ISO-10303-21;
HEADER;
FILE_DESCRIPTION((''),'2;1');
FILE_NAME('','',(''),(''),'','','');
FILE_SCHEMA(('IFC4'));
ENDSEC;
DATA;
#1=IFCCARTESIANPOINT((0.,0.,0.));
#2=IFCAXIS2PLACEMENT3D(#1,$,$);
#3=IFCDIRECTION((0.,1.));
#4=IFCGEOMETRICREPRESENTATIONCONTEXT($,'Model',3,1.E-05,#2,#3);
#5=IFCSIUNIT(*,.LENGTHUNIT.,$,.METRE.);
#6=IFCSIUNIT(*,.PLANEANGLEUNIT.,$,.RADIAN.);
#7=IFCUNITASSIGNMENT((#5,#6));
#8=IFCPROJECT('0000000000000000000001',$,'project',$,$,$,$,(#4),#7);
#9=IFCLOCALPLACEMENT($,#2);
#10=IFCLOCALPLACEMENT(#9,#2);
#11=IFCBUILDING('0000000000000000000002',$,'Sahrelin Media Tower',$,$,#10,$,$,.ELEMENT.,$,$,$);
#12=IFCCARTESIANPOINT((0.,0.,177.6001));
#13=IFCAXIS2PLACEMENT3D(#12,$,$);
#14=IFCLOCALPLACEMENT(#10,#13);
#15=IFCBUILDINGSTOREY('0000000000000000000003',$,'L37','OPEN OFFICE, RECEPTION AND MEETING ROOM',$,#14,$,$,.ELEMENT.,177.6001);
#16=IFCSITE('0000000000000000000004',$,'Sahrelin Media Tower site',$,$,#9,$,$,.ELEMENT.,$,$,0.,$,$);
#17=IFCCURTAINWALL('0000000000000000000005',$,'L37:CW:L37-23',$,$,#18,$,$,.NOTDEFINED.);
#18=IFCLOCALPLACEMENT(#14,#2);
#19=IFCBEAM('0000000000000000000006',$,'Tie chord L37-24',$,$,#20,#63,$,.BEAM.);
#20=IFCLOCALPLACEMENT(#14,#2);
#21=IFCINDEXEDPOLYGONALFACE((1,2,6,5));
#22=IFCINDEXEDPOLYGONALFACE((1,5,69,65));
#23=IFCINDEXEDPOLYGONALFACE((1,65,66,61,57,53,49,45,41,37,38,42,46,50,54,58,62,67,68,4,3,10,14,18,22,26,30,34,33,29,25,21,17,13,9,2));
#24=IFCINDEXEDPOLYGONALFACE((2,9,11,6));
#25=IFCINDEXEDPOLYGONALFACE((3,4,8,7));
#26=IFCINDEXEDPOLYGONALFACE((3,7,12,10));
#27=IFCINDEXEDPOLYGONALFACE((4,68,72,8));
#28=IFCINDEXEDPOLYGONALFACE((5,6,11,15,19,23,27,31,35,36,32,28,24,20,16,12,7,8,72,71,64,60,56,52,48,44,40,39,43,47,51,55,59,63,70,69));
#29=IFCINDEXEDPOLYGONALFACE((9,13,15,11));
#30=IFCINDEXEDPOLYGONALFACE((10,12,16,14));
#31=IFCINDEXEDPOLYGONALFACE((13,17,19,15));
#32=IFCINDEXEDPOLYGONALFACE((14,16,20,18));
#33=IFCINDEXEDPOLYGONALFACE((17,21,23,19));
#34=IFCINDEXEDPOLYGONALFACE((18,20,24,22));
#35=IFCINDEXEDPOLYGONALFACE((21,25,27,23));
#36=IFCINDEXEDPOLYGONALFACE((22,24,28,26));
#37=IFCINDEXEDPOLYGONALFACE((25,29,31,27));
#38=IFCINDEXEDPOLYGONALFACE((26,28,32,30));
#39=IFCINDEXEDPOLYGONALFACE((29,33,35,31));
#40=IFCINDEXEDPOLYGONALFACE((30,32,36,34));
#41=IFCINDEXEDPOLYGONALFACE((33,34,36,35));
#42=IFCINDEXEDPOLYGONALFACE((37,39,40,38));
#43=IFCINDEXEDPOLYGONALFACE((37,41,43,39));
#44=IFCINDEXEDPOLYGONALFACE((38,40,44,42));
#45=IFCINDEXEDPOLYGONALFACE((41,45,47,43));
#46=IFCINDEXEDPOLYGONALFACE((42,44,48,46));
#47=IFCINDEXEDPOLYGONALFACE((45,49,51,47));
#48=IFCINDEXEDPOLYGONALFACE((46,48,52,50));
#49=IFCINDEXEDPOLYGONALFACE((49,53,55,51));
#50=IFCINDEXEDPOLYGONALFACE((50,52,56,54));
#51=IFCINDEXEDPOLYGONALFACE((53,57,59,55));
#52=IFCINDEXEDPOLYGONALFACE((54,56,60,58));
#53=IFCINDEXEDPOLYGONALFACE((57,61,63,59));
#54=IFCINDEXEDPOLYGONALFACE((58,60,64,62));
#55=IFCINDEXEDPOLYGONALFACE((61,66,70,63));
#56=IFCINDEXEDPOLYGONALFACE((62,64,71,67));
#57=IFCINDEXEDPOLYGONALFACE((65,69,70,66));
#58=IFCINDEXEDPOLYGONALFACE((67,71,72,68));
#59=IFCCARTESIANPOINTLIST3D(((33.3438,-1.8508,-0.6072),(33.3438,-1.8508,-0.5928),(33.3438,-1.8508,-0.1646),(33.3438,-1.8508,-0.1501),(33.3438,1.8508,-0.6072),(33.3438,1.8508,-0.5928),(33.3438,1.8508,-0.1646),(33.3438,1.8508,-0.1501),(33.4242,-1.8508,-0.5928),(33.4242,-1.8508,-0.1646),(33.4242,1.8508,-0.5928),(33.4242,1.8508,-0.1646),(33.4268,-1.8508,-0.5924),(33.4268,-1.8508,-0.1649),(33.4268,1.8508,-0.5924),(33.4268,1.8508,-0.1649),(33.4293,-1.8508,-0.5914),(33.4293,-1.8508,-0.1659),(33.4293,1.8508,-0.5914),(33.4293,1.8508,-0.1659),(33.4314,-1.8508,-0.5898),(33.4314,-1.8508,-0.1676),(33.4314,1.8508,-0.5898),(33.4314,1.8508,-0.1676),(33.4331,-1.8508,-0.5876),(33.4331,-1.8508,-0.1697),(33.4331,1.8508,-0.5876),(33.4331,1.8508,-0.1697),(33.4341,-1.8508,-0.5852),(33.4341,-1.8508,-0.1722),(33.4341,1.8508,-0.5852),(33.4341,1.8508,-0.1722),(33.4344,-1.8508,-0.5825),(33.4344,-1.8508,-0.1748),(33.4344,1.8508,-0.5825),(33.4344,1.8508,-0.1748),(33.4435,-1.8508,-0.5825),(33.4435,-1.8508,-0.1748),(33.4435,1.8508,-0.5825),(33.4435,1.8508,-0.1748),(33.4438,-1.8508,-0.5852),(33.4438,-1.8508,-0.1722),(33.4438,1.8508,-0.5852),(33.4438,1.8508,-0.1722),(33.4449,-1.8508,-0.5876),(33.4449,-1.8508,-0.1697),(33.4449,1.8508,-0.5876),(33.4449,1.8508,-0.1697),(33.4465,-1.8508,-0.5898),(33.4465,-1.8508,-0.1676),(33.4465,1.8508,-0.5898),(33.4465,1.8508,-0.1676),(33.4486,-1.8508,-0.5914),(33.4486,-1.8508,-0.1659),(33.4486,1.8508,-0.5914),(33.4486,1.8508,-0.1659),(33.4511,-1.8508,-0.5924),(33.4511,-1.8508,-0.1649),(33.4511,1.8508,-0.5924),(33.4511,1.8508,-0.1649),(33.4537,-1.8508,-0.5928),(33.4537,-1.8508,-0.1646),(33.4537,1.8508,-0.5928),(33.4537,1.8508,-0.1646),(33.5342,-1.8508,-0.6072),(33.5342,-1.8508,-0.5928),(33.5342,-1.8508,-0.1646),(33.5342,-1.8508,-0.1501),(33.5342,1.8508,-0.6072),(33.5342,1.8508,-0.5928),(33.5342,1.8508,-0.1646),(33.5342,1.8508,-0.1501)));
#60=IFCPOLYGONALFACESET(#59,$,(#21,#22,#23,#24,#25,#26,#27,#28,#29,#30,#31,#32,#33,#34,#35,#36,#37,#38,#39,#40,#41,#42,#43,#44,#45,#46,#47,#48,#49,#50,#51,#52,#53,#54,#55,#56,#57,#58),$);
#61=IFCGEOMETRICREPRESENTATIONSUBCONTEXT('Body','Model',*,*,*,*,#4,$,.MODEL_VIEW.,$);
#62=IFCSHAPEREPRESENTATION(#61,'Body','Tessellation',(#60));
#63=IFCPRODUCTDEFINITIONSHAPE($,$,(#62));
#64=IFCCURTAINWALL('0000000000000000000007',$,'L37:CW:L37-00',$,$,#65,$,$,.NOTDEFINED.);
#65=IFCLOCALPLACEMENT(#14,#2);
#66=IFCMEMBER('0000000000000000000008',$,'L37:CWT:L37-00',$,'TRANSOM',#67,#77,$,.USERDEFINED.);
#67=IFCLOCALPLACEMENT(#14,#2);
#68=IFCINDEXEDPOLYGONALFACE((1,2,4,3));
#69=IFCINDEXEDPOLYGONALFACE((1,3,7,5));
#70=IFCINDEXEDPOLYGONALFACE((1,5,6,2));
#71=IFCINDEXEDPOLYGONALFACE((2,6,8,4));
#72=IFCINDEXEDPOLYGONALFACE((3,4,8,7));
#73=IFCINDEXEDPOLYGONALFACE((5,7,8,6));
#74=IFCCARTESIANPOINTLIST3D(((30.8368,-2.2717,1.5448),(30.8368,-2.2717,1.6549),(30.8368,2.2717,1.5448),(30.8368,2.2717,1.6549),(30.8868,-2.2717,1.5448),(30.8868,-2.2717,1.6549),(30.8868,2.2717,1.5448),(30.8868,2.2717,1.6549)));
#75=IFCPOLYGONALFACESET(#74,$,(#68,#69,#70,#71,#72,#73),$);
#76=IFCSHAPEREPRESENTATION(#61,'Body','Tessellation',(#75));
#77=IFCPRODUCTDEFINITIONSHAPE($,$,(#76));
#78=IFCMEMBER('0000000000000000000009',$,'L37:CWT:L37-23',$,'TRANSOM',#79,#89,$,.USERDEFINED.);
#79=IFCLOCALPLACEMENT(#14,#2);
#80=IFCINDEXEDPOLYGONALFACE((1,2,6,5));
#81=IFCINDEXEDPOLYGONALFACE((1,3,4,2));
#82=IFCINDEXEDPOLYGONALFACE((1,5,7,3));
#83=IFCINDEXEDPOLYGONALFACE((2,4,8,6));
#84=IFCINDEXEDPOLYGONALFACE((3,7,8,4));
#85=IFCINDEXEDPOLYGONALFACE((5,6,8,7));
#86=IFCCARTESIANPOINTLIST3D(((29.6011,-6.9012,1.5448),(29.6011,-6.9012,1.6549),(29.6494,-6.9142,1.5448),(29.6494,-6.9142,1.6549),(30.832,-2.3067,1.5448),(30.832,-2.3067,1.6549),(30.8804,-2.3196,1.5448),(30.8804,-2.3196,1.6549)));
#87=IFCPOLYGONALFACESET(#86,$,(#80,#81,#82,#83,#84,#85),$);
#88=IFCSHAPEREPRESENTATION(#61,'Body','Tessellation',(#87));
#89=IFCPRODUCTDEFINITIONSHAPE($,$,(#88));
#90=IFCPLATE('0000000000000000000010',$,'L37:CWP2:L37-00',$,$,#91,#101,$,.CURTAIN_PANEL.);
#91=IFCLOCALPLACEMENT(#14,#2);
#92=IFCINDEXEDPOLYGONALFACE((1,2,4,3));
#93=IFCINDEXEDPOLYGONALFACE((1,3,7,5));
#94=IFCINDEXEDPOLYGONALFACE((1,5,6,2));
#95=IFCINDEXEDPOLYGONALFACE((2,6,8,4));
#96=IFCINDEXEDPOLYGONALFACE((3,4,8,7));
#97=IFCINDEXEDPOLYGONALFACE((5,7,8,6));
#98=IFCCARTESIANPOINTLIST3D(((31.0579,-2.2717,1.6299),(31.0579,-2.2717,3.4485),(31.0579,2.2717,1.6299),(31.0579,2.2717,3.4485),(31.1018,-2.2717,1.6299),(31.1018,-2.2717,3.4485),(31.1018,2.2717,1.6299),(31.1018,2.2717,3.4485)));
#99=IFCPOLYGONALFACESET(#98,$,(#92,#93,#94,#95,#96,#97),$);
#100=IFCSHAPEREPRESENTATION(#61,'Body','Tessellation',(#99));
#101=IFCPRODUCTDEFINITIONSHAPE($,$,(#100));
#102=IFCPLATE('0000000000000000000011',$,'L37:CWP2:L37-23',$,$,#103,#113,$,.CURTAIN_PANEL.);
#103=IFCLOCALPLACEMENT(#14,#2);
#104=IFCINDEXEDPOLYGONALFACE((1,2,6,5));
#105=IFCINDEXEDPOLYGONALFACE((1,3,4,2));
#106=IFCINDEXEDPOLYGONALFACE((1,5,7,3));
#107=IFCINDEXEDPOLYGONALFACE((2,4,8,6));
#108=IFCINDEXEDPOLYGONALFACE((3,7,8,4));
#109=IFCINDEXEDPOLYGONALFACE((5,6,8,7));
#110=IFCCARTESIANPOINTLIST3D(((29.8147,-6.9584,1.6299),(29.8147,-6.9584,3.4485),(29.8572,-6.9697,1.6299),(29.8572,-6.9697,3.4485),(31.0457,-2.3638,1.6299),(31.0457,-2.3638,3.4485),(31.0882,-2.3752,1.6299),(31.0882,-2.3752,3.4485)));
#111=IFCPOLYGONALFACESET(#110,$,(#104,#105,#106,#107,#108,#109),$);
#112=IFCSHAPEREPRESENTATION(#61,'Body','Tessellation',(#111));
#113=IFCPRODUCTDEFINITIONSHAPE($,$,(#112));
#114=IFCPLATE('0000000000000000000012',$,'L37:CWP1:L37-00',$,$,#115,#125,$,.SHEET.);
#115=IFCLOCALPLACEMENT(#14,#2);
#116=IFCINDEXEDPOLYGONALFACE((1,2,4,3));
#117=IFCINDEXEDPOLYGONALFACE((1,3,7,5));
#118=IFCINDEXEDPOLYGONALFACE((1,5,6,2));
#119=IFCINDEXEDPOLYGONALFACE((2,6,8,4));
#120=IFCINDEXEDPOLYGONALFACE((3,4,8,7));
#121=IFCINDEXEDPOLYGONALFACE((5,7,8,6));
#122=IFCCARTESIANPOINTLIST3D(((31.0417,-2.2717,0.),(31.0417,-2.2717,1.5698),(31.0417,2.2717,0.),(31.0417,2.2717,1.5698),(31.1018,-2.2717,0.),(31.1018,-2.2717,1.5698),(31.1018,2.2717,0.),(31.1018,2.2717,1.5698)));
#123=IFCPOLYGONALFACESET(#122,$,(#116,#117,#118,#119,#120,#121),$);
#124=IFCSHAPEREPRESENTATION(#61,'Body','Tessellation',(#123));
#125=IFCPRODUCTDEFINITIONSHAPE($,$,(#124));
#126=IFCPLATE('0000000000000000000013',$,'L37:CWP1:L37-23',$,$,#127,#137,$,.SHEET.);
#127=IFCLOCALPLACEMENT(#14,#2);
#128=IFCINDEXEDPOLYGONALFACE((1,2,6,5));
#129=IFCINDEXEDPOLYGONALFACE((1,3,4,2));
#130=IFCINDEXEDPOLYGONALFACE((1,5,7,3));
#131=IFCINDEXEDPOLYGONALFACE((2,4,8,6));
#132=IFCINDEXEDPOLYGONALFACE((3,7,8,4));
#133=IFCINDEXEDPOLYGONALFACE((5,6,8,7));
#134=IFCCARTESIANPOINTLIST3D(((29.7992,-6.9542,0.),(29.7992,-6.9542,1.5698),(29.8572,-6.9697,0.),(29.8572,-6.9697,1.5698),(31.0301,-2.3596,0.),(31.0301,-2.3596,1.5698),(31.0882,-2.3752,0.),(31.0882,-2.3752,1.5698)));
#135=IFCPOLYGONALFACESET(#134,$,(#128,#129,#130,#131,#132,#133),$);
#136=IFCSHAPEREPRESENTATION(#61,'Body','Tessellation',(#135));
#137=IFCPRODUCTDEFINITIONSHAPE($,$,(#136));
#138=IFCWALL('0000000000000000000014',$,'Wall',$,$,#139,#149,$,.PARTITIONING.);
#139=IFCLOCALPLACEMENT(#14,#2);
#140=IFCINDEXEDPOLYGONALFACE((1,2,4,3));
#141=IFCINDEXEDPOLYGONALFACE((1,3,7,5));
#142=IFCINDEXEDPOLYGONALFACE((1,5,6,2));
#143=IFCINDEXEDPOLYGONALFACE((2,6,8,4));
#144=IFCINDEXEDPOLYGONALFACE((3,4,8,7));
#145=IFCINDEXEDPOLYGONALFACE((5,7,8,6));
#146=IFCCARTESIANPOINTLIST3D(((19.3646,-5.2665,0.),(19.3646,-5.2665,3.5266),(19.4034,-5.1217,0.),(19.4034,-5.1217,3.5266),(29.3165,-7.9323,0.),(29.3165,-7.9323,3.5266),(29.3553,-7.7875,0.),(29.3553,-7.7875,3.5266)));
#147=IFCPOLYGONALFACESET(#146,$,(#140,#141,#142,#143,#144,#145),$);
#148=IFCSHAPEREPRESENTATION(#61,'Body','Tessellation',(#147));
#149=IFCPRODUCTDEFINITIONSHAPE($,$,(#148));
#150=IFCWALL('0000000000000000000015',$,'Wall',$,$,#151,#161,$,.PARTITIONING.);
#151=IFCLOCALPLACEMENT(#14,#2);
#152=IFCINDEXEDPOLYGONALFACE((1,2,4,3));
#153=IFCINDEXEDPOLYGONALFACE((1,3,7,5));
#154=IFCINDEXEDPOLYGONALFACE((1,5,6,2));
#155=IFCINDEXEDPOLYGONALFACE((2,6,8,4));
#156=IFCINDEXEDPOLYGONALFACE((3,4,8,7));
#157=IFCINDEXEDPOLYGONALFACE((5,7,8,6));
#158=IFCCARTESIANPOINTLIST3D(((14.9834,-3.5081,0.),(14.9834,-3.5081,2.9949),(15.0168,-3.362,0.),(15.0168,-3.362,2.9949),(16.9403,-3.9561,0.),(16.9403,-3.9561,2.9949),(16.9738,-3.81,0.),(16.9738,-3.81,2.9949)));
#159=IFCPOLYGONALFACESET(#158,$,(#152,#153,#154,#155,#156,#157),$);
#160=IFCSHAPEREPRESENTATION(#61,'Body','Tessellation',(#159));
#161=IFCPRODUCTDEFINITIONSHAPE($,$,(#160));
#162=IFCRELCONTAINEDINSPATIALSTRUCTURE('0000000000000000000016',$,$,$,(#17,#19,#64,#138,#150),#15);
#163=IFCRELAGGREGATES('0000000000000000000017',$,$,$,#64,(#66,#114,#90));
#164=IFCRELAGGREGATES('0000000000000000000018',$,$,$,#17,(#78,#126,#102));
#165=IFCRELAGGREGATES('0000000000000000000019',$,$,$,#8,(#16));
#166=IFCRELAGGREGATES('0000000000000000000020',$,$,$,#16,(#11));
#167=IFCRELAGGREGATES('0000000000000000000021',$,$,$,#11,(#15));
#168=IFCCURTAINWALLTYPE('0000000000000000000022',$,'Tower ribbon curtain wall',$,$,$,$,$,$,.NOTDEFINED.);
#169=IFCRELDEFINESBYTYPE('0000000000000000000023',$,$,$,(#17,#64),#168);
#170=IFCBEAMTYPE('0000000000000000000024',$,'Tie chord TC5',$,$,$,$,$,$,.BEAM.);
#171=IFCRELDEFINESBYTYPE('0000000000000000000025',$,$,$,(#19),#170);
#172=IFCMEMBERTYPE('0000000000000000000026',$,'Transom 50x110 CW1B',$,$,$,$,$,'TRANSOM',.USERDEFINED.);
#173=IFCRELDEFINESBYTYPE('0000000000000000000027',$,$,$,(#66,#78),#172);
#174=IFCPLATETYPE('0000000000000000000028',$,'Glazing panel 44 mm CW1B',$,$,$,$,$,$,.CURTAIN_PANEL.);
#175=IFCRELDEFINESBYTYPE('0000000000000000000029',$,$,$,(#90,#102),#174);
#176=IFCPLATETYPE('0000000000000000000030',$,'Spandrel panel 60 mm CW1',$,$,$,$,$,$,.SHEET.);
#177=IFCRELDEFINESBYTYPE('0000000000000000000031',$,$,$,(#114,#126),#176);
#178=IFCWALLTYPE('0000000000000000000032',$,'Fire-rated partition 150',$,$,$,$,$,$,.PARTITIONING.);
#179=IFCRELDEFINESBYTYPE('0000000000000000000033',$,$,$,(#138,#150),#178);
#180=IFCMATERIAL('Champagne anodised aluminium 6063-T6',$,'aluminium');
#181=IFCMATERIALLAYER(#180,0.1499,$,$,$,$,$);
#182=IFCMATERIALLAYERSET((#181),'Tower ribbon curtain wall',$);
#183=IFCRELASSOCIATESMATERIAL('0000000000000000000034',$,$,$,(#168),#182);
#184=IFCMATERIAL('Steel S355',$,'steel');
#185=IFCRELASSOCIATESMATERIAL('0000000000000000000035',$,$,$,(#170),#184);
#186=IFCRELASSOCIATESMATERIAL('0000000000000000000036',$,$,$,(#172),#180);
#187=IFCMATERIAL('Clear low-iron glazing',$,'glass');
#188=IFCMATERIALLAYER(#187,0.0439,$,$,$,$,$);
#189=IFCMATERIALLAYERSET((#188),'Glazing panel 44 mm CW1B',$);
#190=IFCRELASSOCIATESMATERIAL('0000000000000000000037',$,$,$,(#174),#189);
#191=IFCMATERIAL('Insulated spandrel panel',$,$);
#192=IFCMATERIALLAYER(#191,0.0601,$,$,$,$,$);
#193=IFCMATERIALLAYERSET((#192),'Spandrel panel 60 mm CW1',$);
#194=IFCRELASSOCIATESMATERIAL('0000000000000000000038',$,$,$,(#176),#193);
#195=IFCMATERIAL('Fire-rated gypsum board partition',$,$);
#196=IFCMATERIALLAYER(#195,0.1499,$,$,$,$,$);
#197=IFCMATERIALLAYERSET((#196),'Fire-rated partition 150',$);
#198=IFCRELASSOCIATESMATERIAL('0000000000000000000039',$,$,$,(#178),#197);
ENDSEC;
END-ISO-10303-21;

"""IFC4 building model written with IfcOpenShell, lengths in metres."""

from ifc_helpers import new_model, si_unit, direction, frame, frame_2d, origin, origin_2d, place, context, subcontext, project, spatial, polyline, rectangle, i_section, outline, extrude, material, layer, layer_set, material_profile, profile_set, type_object, element, aggregate, save


model = new_model("IFC4")

# Units and contexts
model_context = context("Model", 3, precision=1e-05, world=origin(), true_north=direction((0.0, 1.0)))
body_context = subcontext(model_context, "Body", "Model", "MODEL_VIEW")
ifc_project = project(units=[si_unit("LENGTHUNIT", "METRE"), si_unit("PLANEANGLEUNIT", "RADIAN")], contexts=[model_context])

# Site, building, storey
site_placement = place(None, origin())
site = spatial("IfcSite", under=ifc_project, at=site_placement, Name="Sahrelin Media Tower site", CompositionType="ELEMENT", RefElevation=0.0)
building_placement = place(site_placement, origin())
building = spatial("IfcBuilding", under=site, at=building_placement, Name="Sahrelin Media Tower", CompositionType="ELEMENT")
storey_placement = place(building_placement, frame((0.0, 0.0, 177.6001)))
storey = spatial("IfcBuildingStorey", under=building, at=storey_placement, Name="L37", Description="OPEN OFFICE, RECEPTION AND MEETING ROOM", CompositionType="ELEMENT", Elevation=177.6001)

# Shared definitions
ifc_material_1 = material(Name="Steel S355", Category="steel")

# Curtain wall
ifc_material_2 = material(Name="Champagne anodised aluminium 6063-T6", Category="aluminium")
ifc_layer_1 = layer(ifc_material_2, 0.1499)
ifc_layer_set_1 = layer_set([ifc_layer_1], Name="Tower ribbon curtain wall")
curtain_wall_type = type_object("IfcCurtainWallType", Name="Tower ribbon curtain wall", PredefinedType="NOTDEFINED", material=ifc_layer_set_1)
curtain_wall_1_placement = place(storey_placement, frame((30.4534, -4.6672, 0.0), z_axis=(0.0, 0.0, 1.0), x_axis=(1.0, 0.0, 0.0)))
curtain_wall_1 = element("IfcCurtainWall", 1, at=curtain_wall_1_placement, inside=storey, type_object=curtain_wall_type, Name="L37:CW:L37-23", PredefinedType="NOTDEFINED")

# Beam
ifc_material_profile_1 = material_profile(ifc_material_1, i_section(OverallWidth=0.1904, OverallDepth=0.457, WebThickness=0.009, FlangeThickness=0.0144, FilletRadius=0.0103, at=origin_2d()), Name="UB 457x191x74")
ifc_profile_set_1 = profile_set([ifc_material_profile_1], Name="Steel S355")
beam_type_1 = type_object("IfcBeamType", Name="Tie chord TC5", PredefinedType="BEAM", material=ifc_profile_set_1)
beam_1_placement = place(storey_placement, frame((33.439, -1.8508, -0.3787), z_axis=(0.0, 1.0, 0.0), x_axis=(-1.0, 0.0, 0.0)))
element("IfcBeam", 2, at=beam_1_placement, inside=storey, type_object=beam_type_1, Name="Tie chord L37-24", PredefinedType="BEAM", context=body_context, shape_type="SweptSolid", body=[
    extrude(i_section(OverallWidth=0.1904, OverallDepth=0.457, WebThickness=0.009, FlangeThickness=0.0144, FilletRadius=0.0103, at=origin_2d()), origin(), (0.0, 0.0, 1.0), 3.7017),
])

# Curtain wall, member
curtain_wall_2_placement = place(storey_placement, frame((31.0818, 0.0, 0.0), z_axis=(0.0, 0.0, 1.0), x_axis=(1.0, 0.0, 0.0)))
curtain_wall_2 = element("IfcCurtainWall", 3, at=curtain_wall_2_placement, inside=storey, type_object=curtain_wall_type, Name="L37:CW:L37-00", PredefinedType="NOTDEFINED")
ifc_material_profile_2 = material_profile(ifc_material_2, rectangle(XDim=0.05, YDim=0.1101, at=origin_2d()), Name="Transom 50x110")
ifc_profile_set_2 = profile_set([ifc_material_profile_2], Name="Champagne anodised aluminium 6063-T6")
member_type_1 = type_object("IfcMemberType", Name="Transom 50x110 CW1B", ElementType="TRANSOM", PredefinedType="USERDEFINED", material=ifc_profile_set_2)
member_1_placement = place(storey_placement, frame((30.8618, -2.2717, 1.5999), z_axis=(0.0, 1.0, 0.0), x_axis=(-1.0, 0.0, 0.0)))
member_1 = element("IfcMember", 4, at=member_1_placement, type_object=member_type_1, Name="L37:CWT:L37-00", ObjectType="TRANSOM", PredefinedType="USERDEFINED", context=body_context, shape_type="SweptSolid", body=[
    extrude(rectangle(XDim=0.05, YDim=0.1101, at=origin_2d()), origin(), (0.0, 0.0, 1.0), 4.5435),
])

# Member
member_2_placement = place(storey_placement, frame((29.6252, -6.9077, 1.5999), z_axis=(0.258793, 0.965933, 0.0), x_axis=(-0.965933, 0.258793, 0.0)))
member_2 = element("IfcMember", 5, at=member_2_placement, type_object=member_type_1, Name="L37:CWT:L37-23", ObjectType="TRANSOM", PredefinedType="USERDEFINED", context=body_context, shape_type="SweptSolid", body=[
    extrude(rectangle(XDim=0.05, YDim=0.1101, at=origin_2d()), origin(), (0.0, 0.0, 1.0), 4.7566),
])

# Plates
ifc_material_3 = material(Name="Clear low-iron glazing", Category="glass")
ifc_layer_2 = layer(ifc_material_3, 0.0439)
ifc_layer_set_2 = layer_set([ifc_layer_2], Name="Glazing panel 44 mm CW1B")
plate_type_1 = type_object("IfcPlateType", Name="Glazing panel 44 mm CW1B", PredefinedType="CURTAIN_PANEL", material=ifc_layer_set_2)
plate_1_placement = place(storey_placement, frame((31.1018, -2.2717, 1.6299), z_axis=(1.0, 0.0, 0.0), x_axis=(0.0, 1.0, 0.0)))
plate_1 = element("IfcPlate", 6, at=plate_1_placement, type_object=plate_type_1, Name="L37:CWP2:L37-00", PredefinedType="CURTAIN_PANEL", context=body_context, shape_type="SweptSolid", body=[
    extrude(outline(polyline([(0.0, 0.0), (4.5435, 0.0), (4.5435, 1.8186), (0.0, 1.8186), (0.0, 0.0)])), origin(), (0.0, 0.0, -1.0), 0.0439),
])
plate_2_placement = place(storey_placement, frame((29.8572, -6.9697, 1.6299), z_axis=(0.965933, -0.258793, 0.0), x_axis=(0.258793, 0.965933, 0.0)))
plate_2 = element("IfcPlate", 7, at=plate_2_placement, type_object=plate_type_1, Name="L37:CWP2:L37-23", PredefinedType="CURTAIN_PANEL", context=body_context, shape_type="SweptSolid", body=[
    extrude(outline(polyline([(0.0, 0.0), (4.7566, 0.0), (4.7566, 1.8186), (0.0, 1.8186), (0.0, 0.0)])), origin(), (0.0, 0.0, -1.0), 0.0439),
])
ifc_material_4 = material(Name="Insulated spandrel panel")
ifc_layer_3 = layer(ifc_material_4, 0.0601)
ifc_layer_set_3 = layer_set([ifc_layer_3], Name="Spandrel panel 60 mm CW1")
plate_type_2 = type_object("IfcPlateType", Name="Spandrel panel 60 mm CW1", PredefinedType="SHEET", material=ifc_layer_set_3)
plate_3_placement = place(storey_placement, frame((31.1018, -2.2717, 0.0), z_axis=(1.0, 0.0, 0.0), x_axis=(0.0, 1.0, 0.0)))
plate_3 = element("IfcPlate", 8, at=plate_3_placement, type_object=plate_type_2, Name="L37:CWP1:L37-00", PredefinedType="SHEET", context=body_context, shape_type="SweptSolid", body=[
    extrude(outline(polyline([(0.0, 0.0), (4.5435, 0.0), (4.5435, 1.5698), (0.0, 1.5698), (0.0, 0.0)])), origin(), (0.0, 0.0, -1.0), 0.0601),
])
aggregate(curtain_wall_2, [member_1, plate_3, plate_1])
plate_4_placement = place(storey_placement, frame((29.8572, -6.9697, 0.0), z_axis=(0.965933, -0.258793, 0.0), x_axis=(0.258793, 0.965933, 0.0)))
plate_4 = element("IfcPlate", 9, at=plate_4_placement, type_object=plate_type_2, Name="L37:CWP1:L37-23", PredefinedType="SHEET", context=body_context, shape_type="SweptSolid", body=[
    extrude(outline(polyline([(0.0, 0.0), (4.7566, 0.0), (4.7566, 1.5698), (0.0, 1.5698), (0.0, 0.0)])), origin(), (0.0, 0.0, -1.0), 0.0601),
])
aggregate(curtain_wall_1, [member_2, plate_4, plate_2])

# Walls
ifc_material_5 = material(Name="Fire-rated gypsum board partition")
ifc_layer_4 = layer(ifc_material_5, 0.1499)
ifc_layer_set_4 = layer_set([ifc_layer_4], Name="Fire-rated partition 150")
wall_type = type_object("IfcWallType", Name="Fire-rated partition 150", PredefinedType="PARTITIONING", material=ifc_layer_set_4)
wall_1_placement = place(storey_placement, frame((19.384, -5.1941, 0.0), z_axis=(0.0, 0.0, 1.0), x_axis=(0.965946, -0.258744, 0.0)))
element("IfcWall", 10, at=wall_1_placement, inside=storey, type_object=wall_type, Name="Wall", PredefinedType="PARTITIONING", context=body_context, shape_type="SweptSolid", body=[
    extrude(rectangle(XDim=10.3027, YDim=0.1499, at=frame_2d((5.1514, 0.0))), origin(), (0.0, 0.0, 1.0), 3.5266),
])
wall_2_placement = place(storey_placement, frame((15.0, -3.4351, 0.0), z_axis=(0.0, 0.0, 1.0), x_axis=(0.974785, -0.223145, 0.0)))
element("IfcWall", 11, at=wall_2_placement, inside=storey, type_object=wall_type, Name="Wall", PredefinedType="PARTITIONING", context=body_context, shape_type="SweptSolid", body=[
    extrude(rectangle(XDim=2.0076, YDim=0.1499, at=frame_2d((1.0039, 0.0))), origin(), (0.0, 0.0, 1.0), 2.9949),
])

save(model, "model.ifc")
